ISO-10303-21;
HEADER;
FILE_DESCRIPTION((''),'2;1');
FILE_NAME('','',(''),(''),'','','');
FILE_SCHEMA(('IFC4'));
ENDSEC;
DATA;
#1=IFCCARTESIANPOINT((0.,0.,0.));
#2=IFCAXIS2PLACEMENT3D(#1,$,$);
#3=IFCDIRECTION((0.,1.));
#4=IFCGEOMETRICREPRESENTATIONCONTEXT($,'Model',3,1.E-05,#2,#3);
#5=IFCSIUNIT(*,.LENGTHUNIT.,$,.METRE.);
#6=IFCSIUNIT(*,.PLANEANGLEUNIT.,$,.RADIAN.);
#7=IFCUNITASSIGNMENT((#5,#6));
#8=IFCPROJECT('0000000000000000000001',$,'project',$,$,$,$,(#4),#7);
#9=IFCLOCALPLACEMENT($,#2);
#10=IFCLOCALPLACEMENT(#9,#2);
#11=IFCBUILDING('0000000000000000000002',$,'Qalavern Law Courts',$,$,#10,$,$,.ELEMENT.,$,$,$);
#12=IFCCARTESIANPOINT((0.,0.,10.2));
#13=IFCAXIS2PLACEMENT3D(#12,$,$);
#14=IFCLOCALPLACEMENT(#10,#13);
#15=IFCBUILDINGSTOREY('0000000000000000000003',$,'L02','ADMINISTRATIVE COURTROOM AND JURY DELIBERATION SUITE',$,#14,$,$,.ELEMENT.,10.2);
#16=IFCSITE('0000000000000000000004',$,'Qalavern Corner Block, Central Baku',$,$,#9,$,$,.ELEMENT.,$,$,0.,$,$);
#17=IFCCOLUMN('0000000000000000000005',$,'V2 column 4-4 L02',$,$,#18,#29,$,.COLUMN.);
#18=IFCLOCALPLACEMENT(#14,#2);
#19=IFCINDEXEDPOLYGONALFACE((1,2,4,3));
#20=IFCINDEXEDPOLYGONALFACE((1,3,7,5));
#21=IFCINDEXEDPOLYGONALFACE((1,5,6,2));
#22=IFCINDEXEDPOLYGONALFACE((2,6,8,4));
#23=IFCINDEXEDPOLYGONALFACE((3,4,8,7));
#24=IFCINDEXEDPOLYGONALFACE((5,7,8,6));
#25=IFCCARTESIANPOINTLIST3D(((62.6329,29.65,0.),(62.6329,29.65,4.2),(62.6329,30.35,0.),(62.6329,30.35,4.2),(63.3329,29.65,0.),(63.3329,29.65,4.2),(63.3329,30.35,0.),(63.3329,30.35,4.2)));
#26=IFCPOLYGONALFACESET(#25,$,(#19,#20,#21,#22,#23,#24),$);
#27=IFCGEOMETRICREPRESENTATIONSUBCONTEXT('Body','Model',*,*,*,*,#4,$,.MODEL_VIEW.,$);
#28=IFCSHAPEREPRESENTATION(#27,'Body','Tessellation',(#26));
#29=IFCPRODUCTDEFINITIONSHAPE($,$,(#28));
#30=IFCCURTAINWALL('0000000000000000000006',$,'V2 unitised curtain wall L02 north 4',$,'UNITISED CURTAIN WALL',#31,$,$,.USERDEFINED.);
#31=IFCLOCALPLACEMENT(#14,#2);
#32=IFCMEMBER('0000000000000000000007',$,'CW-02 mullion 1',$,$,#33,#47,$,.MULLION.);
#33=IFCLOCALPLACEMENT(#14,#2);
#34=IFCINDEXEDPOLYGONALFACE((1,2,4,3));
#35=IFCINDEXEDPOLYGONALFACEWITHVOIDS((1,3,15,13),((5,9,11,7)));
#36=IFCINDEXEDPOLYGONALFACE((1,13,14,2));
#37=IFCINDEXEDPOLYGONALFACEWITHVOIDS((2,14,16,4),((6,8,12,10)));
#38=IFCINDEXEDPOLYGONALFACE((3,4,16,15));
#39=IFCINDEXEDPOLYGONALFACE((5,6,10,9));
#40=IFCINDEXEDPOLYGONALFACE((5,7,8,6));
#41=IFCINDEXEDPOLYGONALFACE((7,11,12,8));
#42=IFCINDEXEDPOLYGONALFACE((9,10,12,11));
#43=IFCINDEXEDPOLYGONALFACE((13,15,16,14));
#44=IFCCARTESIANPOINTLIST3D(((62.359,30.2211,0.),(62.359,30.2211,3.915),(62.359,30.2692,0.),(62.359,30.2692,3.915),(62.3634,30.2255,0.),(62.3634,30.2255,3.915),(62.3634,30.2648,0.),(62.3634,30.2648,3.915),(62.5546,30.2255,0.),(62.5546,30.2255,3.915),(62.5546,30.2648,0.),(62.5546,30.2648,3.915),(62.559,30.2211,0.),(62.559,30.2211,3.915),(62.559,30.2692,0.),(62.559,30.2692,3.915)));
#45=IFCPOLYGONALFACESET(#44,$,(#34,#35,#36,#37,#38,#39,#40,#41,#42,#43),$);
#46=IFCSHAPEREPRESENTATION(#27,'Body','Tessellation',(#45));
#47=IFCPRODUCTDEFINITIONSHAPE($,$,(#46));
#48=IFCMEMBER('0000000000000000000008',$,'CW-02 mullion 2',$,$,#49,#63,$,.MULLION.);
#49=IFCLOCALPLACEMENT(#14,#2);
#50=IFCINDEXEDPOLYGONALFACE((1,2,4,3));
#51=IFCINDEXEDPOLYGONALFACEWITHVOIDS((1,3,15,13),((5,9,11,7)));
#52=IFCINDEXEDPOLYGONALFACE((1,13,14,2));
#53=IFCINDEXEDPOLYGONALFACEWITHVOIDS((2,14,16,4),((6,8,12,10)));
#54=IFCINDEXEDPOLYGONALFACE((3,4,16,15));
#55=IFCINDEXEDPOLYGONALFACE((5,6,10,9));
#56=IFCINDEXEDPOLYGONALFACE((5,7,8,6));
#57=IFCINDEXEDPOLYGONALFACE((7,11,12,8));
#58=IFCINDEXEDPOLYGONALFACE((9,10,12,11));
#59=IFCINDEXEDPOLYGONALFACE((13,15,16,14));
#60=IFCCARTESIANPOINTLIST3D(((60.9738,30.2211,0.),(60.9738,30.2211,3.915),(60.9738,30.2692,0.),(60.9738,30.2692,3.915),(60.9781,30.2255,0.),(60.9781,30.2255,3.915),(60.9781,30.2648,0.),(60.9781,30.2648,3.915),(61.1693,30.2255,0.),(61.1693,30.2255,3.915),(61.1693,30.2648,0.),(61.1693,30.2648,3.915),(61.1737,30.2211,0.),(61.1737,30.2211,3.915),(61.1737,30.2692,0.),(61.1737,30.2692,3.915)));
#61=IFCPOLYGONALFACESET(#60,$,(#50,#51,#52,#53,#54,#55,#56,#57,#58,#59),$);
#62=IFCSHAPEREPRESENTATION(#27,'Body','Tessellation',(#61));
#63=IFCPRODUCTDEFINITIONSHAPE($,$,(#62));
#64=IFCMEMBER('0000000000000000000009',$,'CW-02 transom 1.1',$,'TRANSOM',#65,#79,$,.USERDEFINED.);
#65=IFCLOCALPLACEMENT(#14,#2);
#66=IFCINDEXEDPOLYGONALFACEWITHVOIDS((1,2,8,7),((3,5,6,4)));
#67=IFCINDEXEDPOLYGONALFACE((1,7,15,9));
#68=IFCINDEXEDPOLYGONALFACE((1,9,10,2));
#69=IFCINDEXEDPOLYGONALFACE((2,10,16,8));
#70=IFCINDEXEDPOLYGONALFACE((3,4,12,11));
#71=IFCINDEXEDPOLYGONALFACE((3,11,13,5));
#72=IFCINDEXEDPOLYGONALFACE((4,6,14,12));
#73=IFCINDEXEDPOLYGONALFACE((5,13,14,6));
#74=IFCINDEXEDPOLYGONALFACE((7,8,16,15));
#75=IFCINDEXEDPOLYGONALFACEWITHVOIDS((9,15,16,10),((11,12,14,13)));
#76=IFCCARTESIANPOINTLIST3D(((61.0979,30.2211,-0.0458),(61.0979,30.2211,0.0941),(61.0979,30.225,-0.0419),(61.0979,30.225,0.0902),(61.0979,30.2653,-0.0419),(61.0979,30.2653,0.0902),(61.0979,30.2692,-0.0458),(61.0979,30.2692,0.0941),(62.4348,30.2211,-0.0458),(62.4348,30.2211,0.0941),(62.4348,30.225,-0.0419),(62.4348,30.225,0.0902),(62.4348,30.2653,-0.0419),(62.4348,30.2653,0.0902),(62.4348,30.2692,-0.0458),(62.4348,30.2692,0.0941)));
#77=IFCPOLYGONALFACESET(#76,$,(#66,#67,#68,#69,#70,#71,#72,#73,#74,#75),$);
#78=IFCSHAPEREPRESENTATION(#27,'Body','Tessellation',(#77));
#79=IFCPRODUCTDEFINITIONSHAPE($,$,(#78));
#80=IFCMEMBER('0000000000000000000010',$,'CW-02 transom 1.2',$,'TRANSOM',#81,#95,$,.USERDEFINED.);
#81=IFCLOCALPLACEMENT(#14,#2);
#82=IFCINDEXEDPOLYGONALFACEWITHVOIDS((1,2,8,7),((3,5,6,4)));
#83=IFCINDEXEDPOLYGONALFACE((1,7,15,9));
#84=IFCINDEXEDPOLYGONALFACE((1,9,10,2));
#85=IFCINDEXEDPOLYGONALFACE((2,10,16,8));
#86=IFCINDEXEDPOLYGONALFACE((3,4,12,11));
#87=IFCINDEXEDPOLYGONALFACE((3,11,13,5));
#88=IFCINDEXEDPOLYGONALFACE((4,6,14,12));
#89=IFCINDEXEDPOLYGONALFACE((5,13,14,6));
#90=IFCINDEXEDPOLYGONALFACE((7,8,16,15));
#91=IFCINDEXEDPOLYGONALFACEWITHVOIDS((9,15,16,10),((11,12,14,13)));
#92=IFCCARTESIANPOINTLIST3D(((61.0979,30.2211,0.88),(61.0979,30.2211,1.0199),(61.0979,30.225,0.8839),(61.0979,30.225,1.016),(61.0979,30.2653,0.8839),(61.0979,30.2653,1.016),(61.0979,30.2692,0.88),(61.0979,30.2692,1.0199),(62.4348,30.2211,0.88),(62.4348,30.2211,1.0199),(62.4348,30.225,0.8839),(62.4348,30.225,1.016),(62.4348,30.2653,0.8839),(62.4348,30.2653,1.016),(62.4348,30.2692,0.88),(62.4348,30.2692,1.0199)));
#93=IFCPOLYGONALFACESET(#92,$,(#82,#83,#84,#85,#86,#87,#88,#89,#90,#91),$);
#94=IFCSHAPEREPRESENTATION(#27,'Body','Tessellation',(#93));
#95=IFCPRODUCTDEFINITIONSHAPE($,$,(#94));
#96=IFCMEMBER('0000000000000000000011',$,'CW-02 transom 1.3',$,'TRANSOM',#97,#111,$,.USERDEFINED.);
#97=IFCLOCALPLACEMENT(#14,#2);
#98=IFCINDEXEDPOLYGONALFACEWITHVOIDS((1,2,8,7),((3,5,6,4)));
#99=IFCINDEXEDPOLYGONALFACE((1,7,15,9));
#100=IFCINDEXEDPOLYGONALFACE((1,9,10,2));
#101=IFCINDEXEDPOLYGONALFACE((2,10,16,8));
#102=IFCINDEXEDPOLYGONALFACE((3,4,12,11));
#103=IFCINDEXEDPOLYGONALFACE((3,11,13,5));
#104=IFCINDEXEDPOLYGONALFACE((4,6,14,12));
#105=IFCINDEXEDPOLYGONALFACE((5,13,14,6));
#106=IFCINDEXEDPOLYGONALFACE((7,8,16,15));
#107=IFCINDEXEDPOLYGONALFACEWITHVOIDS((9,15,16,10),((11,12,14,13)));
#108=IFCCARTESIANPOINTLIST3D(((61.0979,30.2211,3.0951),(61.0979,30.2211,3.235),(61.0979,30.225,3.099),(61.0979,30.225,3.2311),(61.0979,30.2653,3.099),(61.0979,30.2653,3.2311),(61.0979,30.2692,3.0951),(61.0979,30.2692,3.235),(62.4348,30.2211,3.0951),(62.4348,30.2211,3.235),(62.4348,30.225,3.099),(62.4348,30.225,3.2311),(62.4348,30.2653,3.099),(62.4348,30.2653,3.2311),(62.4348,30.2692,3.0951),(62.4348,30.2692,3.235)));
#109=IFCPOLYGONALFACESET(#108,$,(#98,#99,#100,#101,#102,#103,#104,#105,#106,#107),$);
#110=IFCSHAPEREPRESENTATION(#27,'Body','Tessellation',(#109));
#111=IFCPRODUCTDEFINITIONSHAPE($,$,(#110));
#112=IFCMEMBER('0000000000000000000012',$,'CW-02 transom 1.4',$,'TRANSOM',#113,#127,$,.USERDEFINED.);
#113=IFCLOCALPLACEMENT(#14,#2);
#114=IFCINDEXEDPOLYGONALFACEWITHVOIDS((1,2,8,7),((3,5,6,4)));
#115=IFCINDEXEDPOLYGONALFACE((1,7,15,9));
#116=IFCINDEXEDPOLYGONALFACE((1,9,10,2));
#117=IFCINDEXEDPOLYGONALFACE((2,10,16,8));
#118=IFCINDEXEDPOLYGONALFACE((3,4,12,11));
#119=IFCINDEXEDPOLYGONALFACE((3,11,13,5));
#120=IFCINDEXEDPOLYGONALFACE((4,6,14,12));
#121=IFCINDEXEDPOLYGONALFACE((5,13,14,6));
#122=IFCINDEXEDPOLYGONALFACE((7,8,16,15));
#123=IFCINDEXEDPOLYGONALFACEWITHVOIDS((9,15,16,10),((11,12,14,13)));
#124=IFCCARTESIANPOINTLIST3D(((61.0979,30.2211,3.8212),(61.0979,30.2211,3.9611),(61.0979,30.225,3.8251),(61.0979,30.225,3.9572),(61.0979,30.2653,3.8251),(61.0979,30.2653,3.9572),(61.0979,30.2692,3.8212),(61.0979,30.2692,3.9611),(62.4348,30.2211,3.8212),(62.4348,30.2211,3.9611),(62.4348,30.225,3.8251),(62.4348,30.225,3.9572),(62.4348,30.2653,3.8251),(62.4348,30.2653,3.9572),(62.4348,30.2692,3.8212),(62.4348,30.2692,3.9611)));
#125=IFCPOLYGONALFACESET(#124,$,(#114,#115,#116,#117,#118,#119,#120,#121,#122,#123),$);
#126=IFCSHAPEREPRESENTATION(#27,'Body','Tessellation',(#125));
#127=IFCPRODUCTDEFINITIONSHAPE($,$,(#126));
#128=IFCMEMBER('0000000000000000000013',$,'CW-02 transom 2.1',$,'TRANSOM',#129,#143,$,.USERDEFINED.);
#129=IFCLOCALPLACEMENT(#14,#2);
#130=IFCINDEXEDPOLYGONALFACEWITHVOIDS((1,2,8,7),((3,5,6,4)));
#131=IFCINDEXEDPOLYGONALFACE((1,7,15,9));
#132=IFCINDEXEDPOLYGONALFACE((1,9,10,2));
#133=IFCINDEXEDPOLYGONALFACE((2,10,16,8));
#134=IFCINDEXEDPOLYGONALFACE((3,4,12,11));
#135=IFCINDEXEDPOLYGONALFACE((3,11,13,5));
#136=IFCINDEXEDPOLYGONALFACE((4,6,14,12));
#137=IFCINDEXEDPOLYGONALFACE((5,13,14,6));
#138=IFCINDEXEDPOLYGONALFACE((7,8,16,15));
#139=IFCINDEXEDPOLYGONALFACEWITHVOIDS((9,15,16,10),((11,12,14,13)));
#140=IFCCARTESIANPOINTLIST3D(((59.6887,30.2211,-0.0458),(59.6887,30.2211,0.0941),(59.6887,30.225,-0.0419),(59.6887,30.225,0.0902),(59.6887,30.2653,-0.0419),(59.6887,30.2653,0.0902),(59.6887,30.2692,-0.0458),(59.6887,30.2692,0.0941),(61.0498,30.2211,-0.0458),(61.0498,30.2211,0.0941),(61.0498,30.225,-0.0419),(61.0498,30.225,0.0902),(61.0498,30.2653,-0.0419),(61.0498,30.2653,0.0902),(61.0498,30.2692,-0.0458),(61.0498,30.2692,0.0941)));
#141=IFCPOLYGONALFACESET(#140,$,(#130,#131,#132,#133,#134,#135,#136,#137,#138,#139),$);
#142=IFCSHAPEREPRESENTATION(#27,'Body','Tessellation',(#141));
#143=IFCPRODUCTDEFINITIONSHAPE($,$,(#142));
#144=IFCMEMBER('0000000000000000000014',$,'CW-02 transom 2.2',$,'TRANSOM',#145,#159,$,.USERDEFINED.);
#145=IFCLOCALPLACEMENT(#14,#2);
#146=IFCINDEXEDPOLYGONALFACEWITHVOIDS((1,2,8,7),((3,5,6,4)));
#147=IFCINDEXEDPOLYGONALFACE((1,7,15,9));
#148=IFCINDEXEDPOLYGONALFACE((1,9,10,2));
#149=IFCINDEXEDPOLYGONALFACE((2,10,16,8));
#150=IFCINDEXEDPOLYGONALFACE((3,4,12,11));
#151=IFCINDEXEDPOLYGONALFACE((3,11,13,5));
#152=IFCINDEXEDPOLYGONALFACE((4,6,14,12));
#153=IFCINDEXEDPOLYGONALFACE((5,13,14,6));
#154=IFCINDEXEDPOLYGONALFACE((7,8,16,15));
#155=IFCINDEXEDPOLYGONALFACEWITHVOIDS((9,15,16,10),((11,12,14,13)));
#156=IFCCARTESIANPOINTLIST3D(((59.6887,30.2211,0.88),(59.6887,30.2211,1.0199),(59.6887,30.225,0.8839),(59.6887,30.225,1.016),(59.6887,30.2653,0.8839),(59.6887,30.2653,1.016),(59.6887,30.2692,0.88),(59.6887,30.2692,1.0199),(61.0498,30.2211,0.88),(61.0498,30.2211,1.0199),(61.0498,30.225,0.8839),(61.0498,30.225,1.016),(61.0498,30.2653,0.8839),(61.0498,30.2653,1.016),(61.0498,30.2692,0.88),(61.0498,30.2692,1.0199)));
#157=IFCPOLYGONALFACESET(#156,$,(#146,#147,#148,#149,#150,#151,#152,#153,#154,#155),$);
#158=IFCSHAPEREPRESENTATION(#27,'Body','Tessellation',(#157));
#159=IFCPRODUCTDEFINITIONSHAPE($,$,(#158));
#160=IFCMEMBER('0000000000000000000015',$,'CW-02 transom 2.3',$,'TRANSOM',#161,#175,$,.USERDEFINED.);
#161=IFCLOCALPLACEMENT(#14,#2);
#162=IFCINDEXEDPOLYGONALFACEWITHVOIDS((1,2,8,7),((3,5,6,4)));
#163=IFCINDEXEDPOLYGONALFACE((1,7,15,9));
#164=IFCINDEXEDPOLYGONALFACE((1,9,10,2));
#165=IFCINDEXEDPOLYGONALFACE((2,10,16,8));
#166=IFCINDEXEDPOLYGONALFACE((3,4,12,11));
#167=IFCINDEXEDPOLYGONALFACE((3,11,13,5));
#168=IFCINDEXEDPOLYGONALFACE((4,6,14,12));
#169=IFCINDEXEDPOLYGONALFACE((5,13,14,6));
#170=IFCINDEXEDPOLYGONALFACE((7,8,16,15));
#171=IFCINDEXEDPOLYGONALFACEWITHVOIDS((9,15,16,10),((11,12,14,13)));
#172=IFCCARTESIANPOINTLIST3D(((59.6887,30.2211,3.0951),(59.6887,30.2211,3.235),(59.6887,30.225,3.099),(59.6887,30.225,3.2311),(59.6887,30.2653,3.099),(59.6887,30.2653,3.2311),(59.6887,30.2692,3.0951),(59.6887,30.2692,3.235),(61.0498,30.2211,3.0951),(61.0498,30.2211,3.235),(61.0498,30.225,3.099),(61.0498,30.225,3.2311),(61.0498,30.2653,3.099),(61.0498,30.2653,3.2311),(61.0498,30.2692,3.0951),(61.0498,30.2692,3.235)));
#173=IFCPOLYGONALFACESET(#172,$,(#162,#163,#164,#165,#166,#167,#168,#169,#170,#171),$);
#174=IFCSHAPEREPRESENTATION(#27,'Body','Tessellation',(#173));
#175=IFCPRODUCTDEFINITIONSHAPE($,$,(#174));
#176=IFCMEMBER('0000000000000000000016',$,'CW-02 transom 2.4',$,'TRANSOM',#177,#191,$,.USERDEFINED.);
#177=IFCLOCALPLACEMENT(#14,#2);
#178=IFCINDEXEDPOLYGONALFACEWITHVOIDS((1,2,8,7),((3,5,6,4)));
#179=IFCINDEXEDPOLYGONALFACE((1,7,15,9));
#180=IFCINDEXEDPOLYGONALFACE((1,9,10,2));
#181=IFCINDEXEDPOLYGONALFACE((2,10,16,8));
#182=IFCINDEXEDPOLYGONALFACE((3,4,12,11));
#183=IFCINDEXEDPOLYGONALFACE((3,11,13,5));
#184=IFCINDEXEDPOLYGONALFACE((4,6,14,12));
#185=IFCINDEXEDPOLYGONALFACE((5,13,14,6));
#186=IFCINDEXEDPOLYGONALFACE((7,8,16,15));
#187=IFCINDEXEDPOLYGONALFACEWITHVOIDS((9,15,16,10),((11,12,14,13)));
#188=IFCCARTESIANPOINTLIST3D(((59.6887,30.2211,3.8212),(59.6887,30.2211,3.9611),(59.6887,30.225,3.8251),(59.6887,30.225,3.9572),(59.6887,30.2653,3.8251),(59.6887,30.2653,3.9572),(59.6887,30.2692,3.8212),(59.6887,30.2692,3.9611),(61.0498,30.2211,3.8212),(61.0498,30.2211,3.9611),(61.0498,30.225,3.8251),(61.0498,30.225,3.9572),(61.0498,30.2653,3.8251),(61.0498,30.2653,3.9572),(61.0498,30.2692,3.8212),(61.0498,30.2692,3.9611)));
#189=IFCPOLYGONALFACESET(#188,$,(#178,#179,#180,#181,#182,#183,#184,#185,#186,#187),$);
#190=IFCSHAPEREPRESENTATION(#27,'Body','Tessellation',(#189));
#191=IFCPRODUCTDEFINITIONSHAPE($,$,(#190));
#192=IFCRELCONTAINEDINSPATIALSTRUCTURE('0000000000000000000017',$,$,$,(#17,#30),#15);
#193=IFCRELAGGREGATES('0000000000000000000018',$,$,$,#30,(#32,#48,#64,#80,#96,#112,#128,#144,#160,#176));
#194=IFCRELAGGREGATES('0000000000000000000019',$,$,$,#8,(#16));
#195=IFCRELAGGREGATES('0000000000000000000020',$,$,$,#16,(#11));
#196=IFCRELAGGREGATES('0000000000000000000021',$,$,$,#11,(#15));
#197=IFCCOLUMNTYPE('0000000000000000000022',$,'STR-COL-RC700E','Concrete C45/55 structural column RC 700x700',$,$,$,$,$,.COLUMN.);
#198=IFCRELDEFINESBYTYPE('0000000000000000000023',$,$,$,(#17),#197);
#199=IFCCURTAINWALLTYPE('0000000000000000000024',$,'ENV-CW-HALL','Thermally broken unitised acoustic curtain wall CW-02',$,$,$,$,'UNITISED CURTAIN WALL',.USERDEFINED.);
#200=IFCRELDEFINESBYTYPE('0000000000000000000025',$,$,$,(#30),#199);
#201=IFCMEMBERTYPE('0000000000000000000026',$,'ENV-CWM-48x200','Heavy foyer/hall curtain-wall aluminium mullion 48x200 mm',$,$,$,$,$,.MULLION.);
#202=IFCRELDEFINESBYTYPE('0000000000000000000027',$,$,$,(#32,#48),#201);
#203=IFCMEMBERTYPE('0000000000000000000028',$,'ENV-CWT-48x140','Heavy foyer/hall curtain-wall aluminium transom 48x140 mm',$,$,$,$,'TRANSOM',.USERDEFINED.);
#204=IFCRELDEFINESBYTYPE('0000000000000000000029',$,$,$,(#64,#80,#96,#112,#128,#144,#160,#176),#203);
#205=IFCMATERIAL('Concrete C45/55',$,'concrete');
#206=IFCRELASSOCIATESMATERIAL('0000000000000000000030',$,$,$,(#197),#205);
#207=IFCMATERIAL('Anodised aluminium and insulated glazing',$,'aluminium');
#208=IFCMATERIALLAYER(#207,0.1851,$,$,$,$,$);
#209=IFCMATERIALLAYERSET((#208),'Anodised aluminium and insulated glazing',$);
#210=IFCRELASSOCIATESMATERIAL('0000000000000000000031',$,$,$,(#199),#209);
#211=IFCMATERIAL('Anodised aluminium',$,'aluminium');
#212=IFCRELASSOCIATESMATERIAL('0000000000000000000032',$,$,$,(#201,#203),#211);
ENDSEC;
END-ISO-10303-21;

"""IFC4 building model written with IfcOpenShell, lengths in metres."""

from ifc_helpers import new_model, si_unit, direction, frame, origin, origin_2d, place, context, subcontext, project, spatial, rectangle, hollow_rectangle, extrude, material, layer, layer_set, material_profile, profile_set, type_object, element, aggregate, save


model = new_model("IFC4")

# Units and contexts
model_context = context("Model", 3, precision=1e-05, world=origin(), true_north=direction((0.0, 1.0)))
body_context = subcontext(model_context, "Body", "Model", "MODEL_VIEW")
ifc_project = project(units=[si_unit("LENGTHUNIT", "METRE"), si_unit("PLANEANGLEUNIT", "RADIAN")], contexts=[model_context])

# Site, building, storey
site_placement = place(None, origin())
site = spatial("IfcSite", under=ifc_project, at=site_placement, Name="Qalavern Corner Block, Central Baku", CompositionType="ELEMENT", RefElevation=0.0)
building_placement = place(site_placement, origin())
building = spatial("IfcBuilding", under=site, at=building_placement, Name="Qalavern Law Courts", CompositionType="ELEMENT")
storey_placement = place(building_placement, frame((0.0, 0.0, 10.2)))
storey = spatial("IfcBuildingStorey", under=building, at=storey_placement, Name="L02", Description="ADMINISTRATIVE COURTROOM AND JURY DELIBERATION SUITE", CompositionType="ELEMENT", Elevation=10.2)

# Column
ifc_material_1 = material(Name="Concrete C45/55", Category="concrete")
ifc_material_profile_1 = material_profile(ifc_material_1, rectangle(XDim=0.7, YDim=0.7, at=origin_2d()), Name="RC 700x700")
ifc_profile_set_1 = profile_set([ifc_material_profile_1], Name="Concrete C45/55")
column_type = type_object("IfcColumnType", Name="STR-COL-RC700E", Description="Concrete C45/55 structural column RC 700x700", PredefinedType="COLUMN", material=ifc_profile_set_1)
column_placement = place(storey_placement, frame((62.9829, 30.0, 0.0), z_axis=(0.0, 0.0, 1.0), x_axis=(1.0, 0.0, 0.0)))
element("IfcColumn", 1, at=column_placement, inside=storey, type_object=column_type, Name="V2 column 4-4 L02", PredefinedType="COLUMN", context=body_context, shape_type="SweptSolid", body=[
    extrude(rectangle(XDim=0.7, YDim=0.7, at=origin_2d()), origin(), (0.0, 0.0, 1.0), 4.2),
])

# Curtain wall, members
ifc_material_2 = material(Name="Anodised aluminium and insulated glazing", Category="aluminium")
ifc_layer_1 = layer(ifc_material_2, 0.1851)
ifc_layer_set_1 = layer_set([ifc_layer_1], Name="Anodised aluminium and insulated glazing")
curtain_wall_type = type_object("IfcCurtainWallType", Name="ENV-CW-HALL", Description="Thermally broken unitised acoustic curtain wall CW-02", ElementType="UNITISED CURTAIN WALL", PredefinedType="USERDEFINED", material=ifc_layer_set_1)
curtain_wall_placement = place(storey_placement, origin())
curtain_wall = element("IfcCurtainWall", 2, at=curtain_wall_placement, inside=storey, type_object=curtain_wall_type, Name="V2 unitised curtain wall L02 north 4", ObjectType="UNITISED CURTAIN WALL", PredefinedType="USERDEFINED")
ifc_material_3 = material(Name="Anodised aluminium", Category="aluminium")
ifc_material_profile_2 = material_profile(ifc_material_3, hollow_rectangle(XDim=0.0481, YDim=0.2, WallThickness=0.0044, at=origin_2d()), Name="ALU MULLION 48x200")
ifc_profile_set_2 = profile_set([ifc_material_profile_2], Name="Anodised aluminium")
member_type_1 = type_object("IfcMemberType", Name="ENV-CWM-48x200", Description="Heavy foyer/hall curtain-wall aluminium mullion 48x200 mm", PredefinedType="MULLION", material=ifc_profile_set_2)
member_1_placement = place(storey_placement, frame((62.459, 30.2451, 0.0), z_axis=(0.0, 0.0, 1.0), x_axis=(0.0, -1.0, 0.0)))
member_1 = element("IfcMember", 3, at=member_1_placement, type_object=member_type_1, Name="CW-02 mullion 1", PredefinedType="MULLION", context=body_context, shape_type="SweptSolid", body=[
    extrude(hollow_rectangle(XDim=0.0481, YDim=0.2, WallThickness=0.0044, at=origin_2d()), origin(), (0.0, 0.0, 1.0), 3.915),
])
member_2_placement = place(storey_placement, frame((61.0737, 30.2451, 0.0), z_axis=(0.0, 0.0, 1.0), x_axis=(0.0, -1.0, 0.0)))
member_2 = element("IfcMember", 4, at=member_2_placement, type_object=member_type_1, Name="CW-02 mullion 2", PredefinedType="MULLION", context=body_context, shape_type="SweptSolid", body=[
    extrude(hollow_rectangle(XDim=0.0481, YDim=0.2, WallThickness=0.0044, at=origin_2d()), origin(), (0.0, 0.0, 1.0), 3.915),
])
ifc_material_profile_3 = material_profile(ifc_material_3, hollow_rectangle(XDim=0.0481, YDim=0.1399, WallThickness=0.0039, at=origin_2d()), Name="ALU TRANSOM 48x140")
ifc_profile_set_3 = profile_set([ifc_material_profile_3], Name="Anodised aluminium")
member_type_2 = type_object("IfcMemberType", Name="ENV-CWT-48x140", Description="Heavy foyer/hall curtain-wall aluminium transom 48x140 mm", ElementType="TRANSOM", PredefinedType="USERDEFINED", material=ifc_profile_set_3)
member_3_placement = place(storey_placement, frame((62.4348, 30.2451, 0.0242), z_axis=(-1.0, 0.0, 0.0), x_axis=(0.0, -1.0, 0.0)))
member_3 = element("IfcMember", 5, at=member_3_placement, type_object=member_type_2, Name="CW-02 transom 1.1", ObjectType="TRANSOM", PredefinedType="USERDEFINED", context=body_context, shape_type="SweptSolid", body=[
    extrude(hollow_rectangle(XDim=0.0481, YDim=0.1399, WallThickness=0.0039, at=origin_2d()), origin(), (0.0, 0.0, 1.0), 1.3369),
])
member_4_placement = place(storey_placement, frame((62.4348, 30.2451, 0.95), z_axis=(-1.0, 0.0, 0.0), x_axis=(0.0, -1.0, 0.0)))
member_4 = element("IfcMember", 6, at=member_4_placement, type_object=member_type_2, Name="CW-02 transom 1.2", ObjectType="TRANSOM", PredefinedType="USERDEFINED", context=body_context, shape_type="SweptSolid", body=[
    extrude(hollow_rectangle(XDim=0.0481, YDim=0.1399, WallThickness=0.0039, at=origin_2d()), origin(), (0.0, 0.0, 1.0), 1.3369),
])
member_5_placement = place(storey_placement, frame((62.4348, 30.2451, 3.165), z_axis=(-1.0, 0.0, 0.0), x_axis=(0.0, -1.0, 0.0)))
member_5 = element("IfcMember", 7, at=member_5_placement, type_object=member_type_2, Name="CW-02 transom 1.3", ObjectType="TRANSOM", PredefinedType="USERDEFINED", context=body_context, shape_type="SweptSolid", body=[
    extrude(hollow_rectangle(XDim=0.0481, YDim=0.1399, WallThickness=0.0039, at=origin_2d()), origin(), (0.0, 0.0, 1.0), 1.3369),
])
member_6_placement = place(storey_placement, frame((62.4348, 30.2451, 3.8911), z_axis=(-1.0, 0.0, 0.0), x_axis=(0.0, -1.0, 0.0)))
member_6 = element("IfcMember", 8, at=member_6_placement, type_object=member_type_2, Name="CW-02 transom 1.4", ObjectType="TRANSOM", PredefinedType="USERDEFINED", context=body_context, shape_type="SweptSolid", body=[
    extrude(hollow_rectangle(XDim=0.0481, YDim=0.1399, WallThickness=0.0039, at=origin_2d()), origin(), (0.0, 0.0, 1.0), 1.3369),
])
member_7_placement = place(storey_placement, frame((61.0498, 30.2451, 0.0242), z_axis=(-1.0, 0.0, 0.0), x_axis=(0.0, -1.0, 0.0)))
member_7 = element("IfcMember", 9, at=member_7_placement, type_object=member_type_2, Name="CW-02 transom 2.1", ObjectType="TRANSOM", PredefinedType="USERDEFINED", context=body_context, shape_type="SweptSolid", body=[
    extrude(hollow_rectangle(XDim=0.0481, YDim=0.1399, WallThickness=0.0039, at=origin_2d()), origin(), (0.0, 0.0, 1.0), 1.3611),
])
member_8_placement = place(storey_placement, frame((61.0498, 30.2451, 0.95), z_axis=(-1.0, 0.0, 0.0), x_axis=(0.0, -1.0, 0.0)))
member_8 = element("IfcMember", 10, at=member_8_placement, type_object=member_type_2, Name="CW-02 transom 2.2", ObjectType="TRANSOM", PredefinedType="USERDEFINED", context=body_context, shape_type="SweptSolid", body=[
    extrude(hollow_rectangle(XDim=0.0481, YDim=0.1399, WallThickness=0.0039, at=origin_2d()), origin(), (0.0, 0.0, 1.0), 1.3611),
])
member_9_placement = place(storey_placement, frame((61.0498, 30.2451, 3.165), z_axis=(-1.0, 0.0, 0.0), x_axis=(0.0, -1.0, 0.0)))
member_9 = element("IfcMember", 11, at=member_9_placement, type_object=member_type_2, Name="CW-02 transom 2.3", ObjectType="TRANSOM", PredefinedType="USERDEFINED", context=body_context, shape_type="SweptSolid", body=[
    extrude(hollow_rectangle(XDim=0.0481, YDim=0.1399, WallThickness=0.0039, at=origin_2d()), origin(), (0.0, 0.0, 1.0), 1.3611),
])
member_10_placement = place(storey_placement, frame((61.0498, 30.2451, 3.8911), z_axis=(-1.0, 0.0, 0.0), x_axis=(0.0, -1.0, 0.0)))
member_10 = element("IfcMember", 12, at=member_10_placement, type_object=member_type_2, Name="CW-02 transom 2.4", ObjectType="TRANSOM", PredefinedType="USERDEFINED", context=body_context, shape_type="SweptSolid", body=[
    extrude(hollow_rectangle(XDim=0.0481, YDim=0.1399, WallThickness=0.0039, at=origin_2d()), origin(), (0.0, 0.0, 1.0), 1.3611),
])

aggregate(curtain_wall, [member_1, member_2, member_3, member_4, member_5, member_6, member_7, member_8, member_9, member_10])

save(model, "model.ifc")
